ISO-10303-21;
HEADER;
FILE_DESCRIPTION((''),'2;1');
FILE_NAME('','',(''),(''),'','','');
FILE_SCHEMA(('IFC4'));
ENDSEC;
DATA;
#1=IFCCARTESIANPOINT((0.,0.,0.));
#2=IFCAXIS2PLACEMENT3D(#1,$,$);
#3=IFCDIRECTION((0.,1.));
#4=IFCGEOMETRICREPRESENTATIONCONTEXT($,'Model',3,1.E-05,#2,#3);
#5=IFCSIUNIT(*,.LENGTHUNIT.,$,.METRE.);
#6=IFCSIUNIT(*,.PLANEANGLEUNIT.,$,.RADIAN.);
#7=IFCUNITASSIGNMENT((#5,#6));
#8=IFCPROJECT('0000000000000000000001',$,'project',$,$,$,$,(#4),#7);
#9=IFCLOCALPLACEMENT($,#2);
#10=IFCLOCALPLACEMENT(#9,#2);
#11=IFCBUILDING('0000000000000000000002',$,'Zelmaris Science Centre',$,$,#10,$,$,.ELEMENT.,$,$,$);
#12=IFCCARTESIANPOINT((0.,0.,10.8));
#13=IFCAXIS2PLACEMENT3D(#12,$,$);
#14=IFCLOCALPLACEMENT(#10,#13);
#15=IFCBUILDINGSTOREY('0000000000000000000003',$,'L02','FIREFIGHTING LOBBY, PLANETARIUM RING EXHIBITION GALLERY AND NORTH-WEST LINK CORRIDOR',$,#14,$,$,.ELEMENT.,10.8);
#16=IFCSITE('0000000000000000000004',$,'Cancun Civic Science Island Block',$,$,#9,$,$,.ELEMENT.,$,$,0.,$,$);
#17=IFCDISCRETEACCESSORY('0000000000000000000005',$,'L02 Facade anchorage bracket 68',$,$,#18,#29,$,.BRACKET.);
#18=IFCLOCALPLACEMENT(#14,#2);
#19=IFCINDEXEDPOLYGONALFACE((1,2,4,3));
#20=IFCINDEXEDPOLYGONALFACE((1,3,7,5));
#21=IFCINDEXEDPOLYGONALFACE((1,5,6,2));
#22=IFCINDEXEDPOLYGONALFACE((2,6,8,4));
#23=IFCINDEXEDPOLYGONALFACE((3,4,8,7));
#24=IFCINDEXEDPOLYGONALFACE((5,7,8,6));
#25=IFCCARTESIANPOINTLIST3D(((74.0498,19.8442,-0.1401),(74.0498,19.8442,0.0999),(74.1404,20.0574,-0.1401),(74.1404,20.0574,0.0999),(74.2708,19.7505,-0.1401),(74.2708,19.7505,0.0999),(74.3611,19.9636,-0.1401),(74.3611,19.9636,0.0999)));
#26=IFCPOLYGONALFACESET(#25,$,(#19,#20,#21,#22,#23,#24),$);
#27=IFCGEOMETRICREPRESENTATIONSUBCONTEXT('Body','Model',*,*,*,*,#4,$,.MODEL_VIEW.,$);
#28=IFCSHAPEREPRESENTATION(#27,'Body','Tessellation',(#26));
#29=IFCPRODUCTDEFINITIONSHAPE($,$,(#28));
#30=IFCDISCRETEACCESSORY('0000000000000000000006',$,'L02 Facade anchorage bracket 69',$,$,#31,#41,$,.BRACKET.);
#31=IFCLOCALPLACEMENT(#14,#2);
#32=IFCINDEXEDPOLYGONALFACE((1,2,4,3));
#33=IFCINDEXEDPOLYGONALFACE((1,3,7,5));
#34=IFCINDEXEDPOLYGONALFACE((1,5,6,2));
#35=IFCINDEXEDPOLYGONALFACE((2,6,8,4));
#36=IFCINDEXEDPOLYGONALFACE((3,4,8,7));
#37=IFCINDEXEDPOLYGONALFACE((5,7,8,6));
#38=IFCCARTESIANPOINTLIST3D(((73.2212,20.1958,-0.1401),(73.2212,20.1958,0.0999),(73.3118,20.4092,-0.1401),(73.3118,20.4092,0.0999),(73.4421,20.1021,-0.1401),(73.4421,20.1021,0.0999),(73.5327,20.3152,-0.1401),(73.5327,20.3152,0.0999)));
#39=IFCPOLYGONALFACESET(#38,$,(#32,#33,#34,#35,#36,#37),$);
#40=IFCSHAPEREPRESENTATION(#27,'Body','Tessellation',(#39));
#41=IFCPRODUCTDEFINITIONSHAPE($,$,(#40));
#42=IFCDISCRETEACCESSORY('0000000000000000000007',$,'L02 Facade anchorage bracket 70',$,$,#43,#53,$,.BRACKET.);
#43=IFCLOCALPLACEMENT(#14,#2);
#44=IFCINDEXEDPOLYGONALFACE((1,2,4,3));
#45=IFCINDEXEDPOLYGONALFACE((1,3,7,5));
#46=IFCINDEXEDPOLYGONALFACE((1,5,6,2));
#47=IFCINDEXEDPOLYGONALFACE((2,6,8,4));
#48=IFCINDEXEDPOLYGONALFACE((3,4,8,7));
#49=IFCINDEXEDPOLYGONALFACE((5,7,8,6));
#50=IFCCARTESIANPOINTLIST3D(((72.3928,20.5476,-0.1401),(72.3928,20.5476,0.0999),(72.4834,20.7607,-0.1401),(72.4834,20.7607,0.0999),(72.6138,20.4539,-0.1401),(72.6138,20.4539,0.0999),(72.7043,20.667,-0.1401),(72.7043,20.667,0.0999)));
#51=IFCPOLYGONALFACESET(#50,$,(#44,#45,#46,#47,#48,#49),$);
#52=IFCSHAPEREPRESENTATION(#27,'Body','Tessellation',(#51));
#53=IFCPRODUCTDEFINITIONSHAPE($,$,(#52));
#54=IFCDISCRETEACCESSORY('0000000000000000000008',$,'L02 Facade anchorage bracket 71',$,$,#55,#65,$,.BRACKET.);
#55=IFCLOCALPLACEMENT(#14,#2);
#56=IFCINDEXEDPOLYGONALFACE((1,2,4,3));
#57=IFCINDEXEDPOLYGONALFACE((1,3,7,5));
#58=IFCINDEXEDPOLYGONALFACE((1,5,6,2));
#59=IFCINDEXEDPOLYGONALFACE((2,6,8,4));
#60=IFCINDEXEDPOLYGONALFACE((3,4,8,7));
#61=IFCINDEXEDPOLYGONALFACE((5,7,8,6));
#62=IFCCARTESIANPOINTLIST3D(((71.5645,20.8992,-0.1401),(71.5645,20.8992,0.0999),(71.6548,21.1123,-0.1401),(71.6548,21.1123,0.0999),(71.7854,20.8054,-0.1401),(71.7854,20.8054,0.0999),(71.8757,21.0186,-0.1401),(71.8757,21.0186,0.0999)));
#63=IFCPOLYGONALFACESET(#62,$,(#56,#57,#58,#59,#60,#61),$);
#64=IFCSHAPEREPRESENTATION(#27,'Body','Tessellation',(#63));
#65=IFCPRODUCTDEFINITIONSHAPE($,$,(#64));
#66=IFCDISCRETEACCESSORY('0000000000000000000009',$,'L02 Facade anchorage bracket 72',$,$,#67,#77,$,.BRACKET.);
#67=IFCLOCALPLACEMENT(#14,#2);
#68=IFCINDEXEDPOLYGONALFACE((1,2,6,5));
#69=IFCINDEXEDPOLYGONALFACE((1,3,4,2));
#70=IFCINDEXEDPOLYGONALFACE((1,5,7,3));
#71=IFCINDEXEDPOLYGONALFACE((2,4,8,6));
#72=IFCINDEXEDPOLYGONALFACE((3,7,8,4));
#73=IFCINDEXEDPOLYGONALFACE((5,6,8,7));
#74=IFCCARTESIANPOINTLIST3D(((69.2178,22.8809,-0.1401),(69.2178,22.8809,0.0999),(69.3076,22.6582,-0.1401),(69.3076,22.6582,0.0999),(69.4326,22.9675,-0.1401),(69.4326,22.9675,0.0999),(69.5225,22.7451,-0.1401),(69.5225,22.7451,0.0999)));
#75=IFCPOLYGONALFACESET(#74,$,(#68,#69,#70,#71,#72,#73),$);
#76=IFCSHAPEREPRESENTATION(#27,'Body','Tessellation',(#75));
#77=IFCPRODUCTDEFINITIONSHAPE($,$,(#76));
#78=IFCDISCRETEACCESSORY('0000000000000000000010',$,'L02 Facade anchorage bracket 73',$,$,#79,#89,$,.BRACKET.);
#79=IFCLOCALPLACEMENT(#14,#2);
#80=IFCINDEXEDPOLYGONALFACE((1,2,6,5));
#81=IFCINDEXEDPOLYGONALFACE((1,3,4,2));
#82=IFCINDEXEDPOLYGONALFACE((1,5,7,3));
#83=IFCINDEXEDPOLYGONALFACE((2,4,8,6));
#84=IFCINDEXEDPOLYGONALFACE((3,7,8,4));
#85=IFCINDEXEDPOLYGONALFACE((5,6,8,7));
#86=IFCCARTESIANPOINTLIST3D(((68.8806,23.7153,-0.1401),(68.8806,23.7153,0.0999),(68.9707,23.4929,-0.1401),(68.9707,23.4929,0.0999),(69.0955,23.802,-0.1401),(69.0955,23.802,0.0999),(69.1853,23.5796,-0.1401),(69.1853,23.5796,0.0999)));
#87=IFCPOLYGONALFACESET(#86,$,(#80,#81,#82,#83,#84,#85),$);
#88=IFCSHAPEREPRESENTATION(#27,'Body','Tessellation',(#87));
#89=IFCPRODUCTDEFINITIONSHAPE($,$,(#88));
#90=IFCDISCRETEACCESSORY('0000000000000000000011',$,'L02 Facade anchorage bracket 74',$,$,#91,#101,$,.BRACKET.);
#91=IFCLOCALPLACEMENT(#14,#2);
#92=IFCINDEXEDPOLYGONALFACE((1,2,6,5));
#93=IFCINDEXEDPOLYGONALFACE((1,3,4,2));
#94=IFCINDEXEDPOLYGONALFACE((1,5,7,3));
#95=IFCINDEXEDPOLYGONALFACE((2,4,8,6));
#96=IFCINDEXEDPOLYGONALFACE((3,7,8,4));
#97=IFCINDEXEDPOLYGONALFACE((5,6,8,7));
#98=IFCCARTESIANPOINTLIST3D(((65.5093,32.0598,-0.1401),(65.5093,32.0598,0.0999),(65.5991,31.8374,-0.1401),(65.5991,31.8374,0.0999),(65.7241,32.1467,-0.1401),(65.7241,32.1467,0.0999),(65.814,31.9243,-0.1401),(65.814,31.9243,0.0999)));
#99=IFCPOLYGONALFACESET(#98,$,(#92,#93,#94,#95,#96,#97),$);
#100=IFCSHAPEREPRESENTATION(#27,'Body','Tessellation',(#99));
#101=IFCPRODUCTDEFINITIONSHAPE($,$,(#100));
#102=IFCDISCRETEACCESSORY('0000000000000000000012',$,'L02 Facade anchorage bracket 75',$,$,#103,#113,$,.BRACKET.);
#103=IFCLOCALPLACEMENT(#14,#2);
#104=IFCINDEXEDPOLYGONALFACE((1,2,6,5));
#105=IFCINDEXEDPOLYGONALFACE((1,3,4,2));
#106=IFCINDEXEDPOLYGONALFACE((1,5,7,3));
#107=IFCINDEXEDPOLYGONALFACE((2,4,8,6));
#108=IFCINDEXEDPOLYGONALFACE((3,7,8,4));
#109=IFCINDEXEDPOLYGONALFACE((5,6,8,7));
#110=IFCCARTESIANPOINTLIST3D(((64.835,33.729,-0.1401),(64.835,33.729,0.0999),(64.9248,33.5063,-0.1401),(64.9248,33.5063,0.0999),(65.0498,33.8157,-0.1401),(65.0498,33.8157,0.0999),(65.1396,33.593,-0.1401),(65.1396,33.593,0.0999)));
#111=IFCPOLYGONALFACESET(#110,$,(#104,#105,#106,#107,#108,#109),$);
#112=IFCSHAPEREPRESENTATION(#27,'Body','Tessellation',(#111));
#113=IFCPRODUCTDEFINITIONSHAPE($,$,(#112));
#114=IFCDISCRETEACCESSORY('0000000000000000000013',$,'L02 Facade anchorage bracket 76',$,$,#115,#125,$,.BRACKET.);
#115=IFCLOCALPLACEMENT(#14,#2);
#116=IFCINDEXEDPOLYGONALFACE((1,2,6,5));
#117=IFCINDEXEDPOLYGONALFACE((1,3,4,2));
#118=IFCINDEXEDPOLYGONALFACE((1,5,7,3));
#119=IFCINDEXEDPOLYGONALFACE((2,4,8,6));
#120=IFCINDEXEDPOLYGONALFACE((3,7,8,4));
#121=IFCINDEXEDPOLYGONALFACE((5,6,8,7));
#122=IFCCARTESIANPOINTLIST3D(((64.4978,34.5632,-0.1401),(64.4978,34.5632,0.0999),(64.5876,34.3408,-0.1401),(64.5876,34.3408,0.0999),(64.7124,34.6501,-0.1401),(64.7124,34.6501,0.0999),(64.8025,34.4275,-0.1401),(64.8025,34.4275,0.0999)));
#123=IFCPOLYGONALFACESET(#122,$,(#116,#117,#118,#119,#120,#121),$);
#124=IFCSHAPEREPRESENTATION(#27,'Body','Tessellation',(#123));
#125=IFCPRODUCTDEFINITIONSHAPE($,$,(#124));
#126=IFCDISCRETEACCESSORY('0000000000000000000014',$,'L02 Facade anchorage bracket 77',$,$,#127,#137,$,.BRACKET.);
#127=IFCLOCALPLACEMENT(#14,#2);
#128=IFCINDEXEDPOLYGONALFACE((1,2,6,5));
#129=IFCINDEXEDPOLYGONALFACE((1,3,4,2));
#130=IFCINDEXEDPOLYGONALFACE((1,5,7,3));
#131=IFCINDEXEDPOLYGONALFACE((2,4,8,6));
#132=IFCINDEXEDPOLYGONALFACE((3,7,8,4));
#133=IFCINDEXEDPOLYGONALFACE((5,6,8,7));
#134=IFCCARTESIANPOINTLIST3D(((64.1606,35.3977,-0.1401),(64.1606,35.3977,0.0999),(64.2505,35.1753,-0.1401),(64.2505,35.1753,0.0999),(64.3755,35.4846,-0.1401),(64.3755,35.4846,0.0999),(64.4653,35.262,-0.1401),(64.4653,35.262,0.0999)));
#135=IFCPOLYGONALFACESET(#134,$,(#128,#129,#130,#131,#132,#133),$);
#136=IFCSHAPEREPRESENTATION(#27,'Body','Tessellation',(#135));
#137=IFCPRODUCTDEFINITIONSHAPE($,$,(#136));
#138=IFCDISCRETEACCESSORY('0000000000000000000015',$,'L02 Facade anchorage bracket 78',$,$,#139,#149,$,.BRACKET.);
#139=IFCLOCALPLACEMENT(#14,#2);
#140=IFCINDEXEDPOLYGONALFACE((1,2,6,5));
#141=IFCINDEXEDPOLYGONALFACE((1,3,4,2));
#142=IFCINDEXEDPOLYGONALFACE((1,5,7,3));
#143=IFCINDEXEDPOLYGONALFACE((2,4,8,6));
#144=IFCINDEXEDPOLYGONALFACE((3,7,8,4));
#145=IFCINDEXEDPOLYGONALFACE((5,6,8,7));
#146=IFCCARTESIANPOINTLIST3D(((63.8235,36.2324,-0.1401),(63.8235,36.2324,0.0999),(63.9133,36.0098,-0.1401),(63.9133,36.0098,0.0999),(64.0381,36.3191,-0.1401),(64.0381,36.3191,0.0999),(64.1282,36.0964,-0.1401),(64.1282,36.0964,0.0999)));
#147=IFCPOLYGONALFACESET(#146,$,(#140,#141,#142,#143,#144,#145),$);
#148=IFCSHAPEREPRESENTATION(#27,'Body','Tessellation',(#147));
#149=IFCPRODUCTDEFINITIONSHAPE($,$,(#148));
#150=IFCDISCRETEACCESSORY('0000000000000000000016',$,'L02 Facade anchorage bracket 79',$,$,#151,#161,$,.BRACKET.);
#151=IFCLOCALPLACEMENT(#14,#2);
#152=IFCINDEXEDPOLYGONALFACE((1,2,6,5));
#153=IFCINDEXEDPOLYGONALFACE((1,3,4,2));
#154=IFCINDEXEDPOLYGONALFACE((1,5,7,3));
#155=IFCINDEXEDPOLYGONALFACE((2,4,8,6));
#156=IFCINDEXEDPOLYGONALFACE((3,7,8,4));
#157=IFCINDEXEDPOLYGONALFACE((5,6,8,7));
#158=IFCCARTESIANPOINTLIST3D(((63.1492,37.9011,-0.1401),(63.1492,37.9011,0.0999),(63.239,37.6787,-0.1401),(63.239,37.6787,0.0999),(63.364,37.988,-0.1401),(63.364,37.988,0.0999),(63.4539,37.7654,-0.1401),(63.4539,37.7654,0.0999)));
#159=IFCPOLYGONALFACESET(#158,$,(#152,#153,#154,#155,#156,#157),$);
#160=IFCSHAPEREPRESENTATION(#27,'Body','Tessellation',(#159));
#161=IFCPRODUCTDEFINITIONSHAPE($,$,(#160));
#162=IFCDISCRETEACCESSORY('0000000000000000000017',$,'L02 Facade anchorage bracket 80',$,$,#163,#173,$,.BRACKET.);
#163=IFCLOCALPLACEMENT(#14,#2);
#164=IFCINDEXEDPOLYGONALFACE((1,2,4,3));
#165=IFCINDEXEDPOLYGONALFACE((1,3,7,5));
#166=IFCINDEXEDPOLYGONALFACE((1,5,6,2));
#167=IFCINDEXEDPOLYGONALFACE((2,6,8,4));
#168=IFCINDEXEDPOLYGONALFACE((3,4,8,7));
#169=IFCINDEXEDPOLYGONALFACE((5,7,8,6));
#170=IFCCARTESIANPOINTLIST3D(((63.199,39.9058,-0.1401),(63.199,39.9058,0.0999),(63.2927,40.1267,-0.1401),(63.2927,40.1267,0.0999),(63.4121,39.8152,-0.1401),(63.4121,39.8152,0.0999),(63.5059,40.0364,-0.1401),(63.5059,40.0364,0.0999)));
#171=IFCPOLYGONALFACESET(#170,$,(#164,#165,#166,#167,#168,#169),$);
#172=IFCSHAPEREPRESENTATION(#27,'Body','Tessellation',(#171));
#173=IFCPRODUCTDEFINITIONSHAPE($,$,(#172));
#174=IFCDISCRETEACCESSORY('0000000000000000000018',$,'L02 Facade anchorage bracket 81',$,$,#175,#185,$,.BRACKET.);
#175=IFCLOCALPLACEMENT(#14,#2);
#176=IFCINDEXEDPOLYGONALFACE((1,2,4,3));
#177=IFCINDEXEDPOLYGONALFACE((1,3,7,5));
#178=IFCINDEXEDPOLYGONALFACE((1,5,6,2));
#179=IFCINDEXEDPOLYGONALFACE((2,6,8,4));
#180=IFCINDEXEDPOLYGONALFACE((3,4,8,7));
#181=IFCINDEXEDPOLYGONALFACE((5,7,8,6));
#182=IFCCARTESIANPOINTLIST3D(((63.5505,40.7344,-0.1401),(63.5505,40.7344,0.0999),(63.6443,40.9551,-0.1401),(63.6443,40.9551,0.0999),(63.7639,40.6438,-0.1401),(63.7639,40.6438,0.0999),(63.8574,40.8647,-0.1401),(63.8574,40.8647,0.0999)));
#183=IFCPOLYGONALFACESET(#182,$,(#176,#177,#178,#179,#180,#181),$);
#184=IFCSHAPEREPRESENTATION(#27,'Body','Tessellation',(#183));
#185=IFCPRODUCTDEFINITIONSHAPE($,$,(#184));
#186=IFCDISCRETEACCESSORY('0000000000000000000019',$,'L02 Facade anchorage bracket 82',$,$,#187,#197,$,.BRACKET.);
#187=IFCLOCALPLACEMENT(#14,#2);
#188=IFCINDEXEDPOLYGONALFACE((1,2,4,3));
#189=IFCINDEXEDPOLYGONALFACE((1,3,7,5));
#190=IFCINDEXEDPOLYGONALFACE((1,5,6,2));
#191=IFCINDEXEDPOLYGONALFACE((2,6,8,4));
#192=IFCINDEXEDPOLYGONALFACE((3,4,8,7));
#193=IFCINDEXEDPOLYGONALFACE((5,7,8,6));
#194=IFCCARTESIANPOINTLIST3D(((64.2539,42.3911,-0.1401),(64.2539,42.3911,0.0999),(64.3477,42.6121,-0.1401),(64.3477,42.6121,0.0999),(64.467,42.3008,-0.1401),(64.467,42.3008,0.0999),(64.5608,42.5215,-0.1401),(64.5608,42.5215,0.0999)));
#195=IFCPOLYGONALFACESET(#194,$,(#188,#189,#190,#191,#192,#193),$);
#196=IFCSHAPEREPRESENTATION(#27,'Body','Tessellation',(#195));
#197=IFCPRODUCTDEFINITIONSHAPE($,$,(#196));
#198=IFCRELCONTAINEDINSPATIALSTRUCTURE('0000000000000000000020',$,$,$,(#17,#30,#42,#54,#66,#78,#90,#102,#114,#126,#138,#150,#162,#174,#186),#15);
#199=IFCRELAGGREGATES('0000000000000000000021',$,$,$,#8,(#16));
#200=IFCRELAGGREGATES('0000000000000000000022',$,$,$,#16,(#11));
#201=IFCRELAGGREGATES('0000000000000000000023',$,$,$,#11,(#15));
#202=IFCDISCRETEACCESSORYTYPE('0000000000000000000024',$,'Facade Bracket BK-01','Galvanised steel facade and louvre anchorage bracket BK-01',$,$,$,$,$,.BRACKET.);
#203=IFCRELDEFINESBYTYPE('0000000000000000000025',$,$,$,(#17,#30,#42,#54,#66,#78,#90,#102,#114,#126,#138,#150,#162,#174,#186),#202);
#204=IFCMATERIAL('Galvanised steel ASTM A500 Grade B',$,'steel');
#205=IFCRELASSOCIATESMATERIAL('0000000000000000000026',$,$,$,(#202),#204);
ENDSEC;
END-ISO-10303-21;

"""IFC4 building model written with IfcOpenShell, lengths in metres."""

from ifc_helpers import new_model, si_unit, direction, frame, origin, place, context, subcontext, project, spatial, polyline, outline, extrude, material, type_object, element, save


model = new_model("IFC4")

# Units and contexts
model_context = context("Model", 3, precision=1e-05, world=origin(), true_north=direction((0.0, 1.0)))
body_context = subcontext(model_context, "Body", "Model", "MODEL_VIEW")
ifc_project = project(units=[si_unit("LENGTHUNIT", "METRE"), si_unit("PLANEANGLEUNIT", "RADIAN")], contexts=[model_context])

# Site, building, storey
site_placement = place(None, origin())
site = spatial("IfcSite", under=ifc_project, at=site_placement, Name="Cancun Civic Science Island Block", CompositionType="ELEMENT", RefElevation=0.0)
building_placement = place(site_placement, origin())
building = spatial("IfcBuilding", under=site, at=building_placement, Name="Zelmaris Science Centre", CompositionType="ELEMENT")
storey_placement = place(building_placement, frame((0.0, 0.0, 10.8)))
storey = spatial("IfcBuildingStorey", under=building, at=storey_placement, Name="L02", Description="FIREFIGHTING LOBBY, PLANETARIUM RING EXHIBITION GALLERY AND NORTH-WEST LINK CORRIDOR", CompositionType="ELEMENT", Elevation=10.8)

# Discrete accessories
ifc_material = material(Name="Galvanised steel ASTM A500 Grade B", Category="steel")
discrete_accessory_type = type_object("IfcDiscreteAccessoryType", Name="Facade Bracket BK-01", Description="Galvanised steel facade and louvre anchorage bracket BK-01", PredefinedType="BRACKET", material=ifc_material)
discrete_accessory_1_placement = place(storey_placement, frame((0.0, 0.0, -0.1401)))
element("IfcDiscreteAccessory", 1, at=discrete_accessory_1_placement, inside=storey, type_object=discrete_accessory_type, Name="L02 Facade anchorage bracket 68", PredefinedType="BRACKET", context=body_context, shape_type="SweptSolid", body=[
    extrude(outline(polyline([(74.3611, 19.9636), (74.1404, 20.0574), (74.0498, 19.8442), (74.2708, 19.7505), (74.3611, 19.9636)])), origin(), (0.0, 0.0, 1.0), 0.24),
])
discrete_accessory_2_placement = place(storey_placement, frame((0.0, 0.0, -0.1401)))
element("IfcDiscreteAccessory", 2, at=discrete_accessory_2_placement, inside=storey, type_object=discrete_accessory_type, Name="L02 Facade anchorage bracket 69", PredefinedType="BRACKET", context=body_context, shape_type="SweptSolid", body=[
    extrude(outline(polyline([(73.5327, 20.3152), (73.3118, 20.4092), (73.2212, 20.1958), (73.4421, 20.1021), (73.5327, 20.3152)])), origin(), (0.0, 0.0, 1.0), 0.24),
])
discrete_accessory_3_placement = place(storey_placement, frame((0.0, 0.0, -0.1401)))
element("IfcDiscreteAccessory", 3, at=discrete_accessory_3_placement, inside=storey, type_object=discrete_accessory_type, Name="L02 Facade anchorage bracket 70", PredefinedType="BRACKET", context=body_context, shape_type="SweptSolid", body=[
    extrude(outline(polyline([(72.7043, 20.667), (72.4834, 20.7607), (72.3928, 20.5476), (72.6138, 20.4539), (72.7043, 20.667)])), origin(), (0.0, 0.0, 1.0), 0.24),
])
discrete_accessory_4_placement = place(storey_placement, frame((0.0, 0.0, -0.1401)))
element("IfcDiscreteAccessory", 4, at=discrete_accessory_4_placement, inside=storey, type_object=discrete_accessory_type, Name="L02 Facade anchorage bracket 71", PredefinedType="BRACKET", context=body_context, shape_type="SweptSolid", body=[
    extrude(outline(polyline([(71.8757, 21.0186), (71.6548, 21.1123), (71.5645, 20.8992), (71.7854, 20.8054), (71.8757, 21.0186)])), origin(), (0.0, 0.0, 1.0), 0.24),
])
discrete_accessory_5_placement = place(storey_placement, frame((0.0, 0.0, -0.1401)))
element("IfcDiscreteAccessory", 5, at=discrete_accessory_5_placement, inside=storey, type_object=discrete_accessory_type, Name="L02 Facade anchorage bracket 72", PredefinedType="BRACKET", context=body_context, shape_type="SweptSolid", body=[
    extrude(outline(polyline([(69.5225, 22.7451), (69.4326, 22.9675), (69.2178, 22.8809), (69.3076, 22.6582), (69.5225, 22.7451)])), origin(), (0.0, 0.0, 1.0), 0.24),
])
discrete_accessory_6_placement = place(storey_placement, frame((0.0, 0.0, -0.1401)))
element("IfcDiscreteAccessory", 6, at=discrete_accessory_6_placement, inside=storey, type_object=discrete_accessory_type, Name="L02 Facade anchorage bracket 73", PredefinedType="BRACKET", context=body_context, shape_type="SweptSolid", body=[
    extrude(outline(polyline([(69.1853, 23.5796), (69.0955, 23.802), (68.8806, 23.7153), (68.9707, 23.4929), (69.1853, 23.5796)])), origin(), (0.0, 0.0, 1.0), 0.24),
])
discrete_accessory_7_placement = place(storey_placement, frame((0.0, 0.0, -0.1401)))
element("IfcDiscreteAccessory", 7, at=discrete_accessory_7_placement, inside=storey, type_object=discrete_accessory_type, Name="L02 Facade anchorage bracket 74", PredefinedType="BRACKET", context=body_context, shape_type="SweptSolid", body=[
    extrude(outline(polyline([(65.814, 31.9243), (65.7241, 32.1467), (65.5093, 32.0598), (65.5991, 31.8374), (65.814, 31.9243)])), origin(), (0.0, 0.0, 1.0), 0.24),
])
discrete_accessory_8_placement = place(storey_placement, frame((0.0, 0.0, -0.1401)))
element("IfcDiscreteAccessory", 8, at=discrete_accessory_8_placement, inside=storey, type_object=discrete_accessory_type, Name="L02 Facade anchorage bracket 75", PredefinedType="BRACKET", context=body_context, shape_type="SweptSolid", body=[
    extrude(outline(polyline([(65.1396, 33.593), (65.0498, 33.8157), (64.835, 33.729), (64.9248, 33.5063), (65.1396, 33.593)])), origin(), (0.0, 0.0, 1.0), 0.24),
])
discrete_accessory_9_placement = place(storey_placement, frame((0.0, 0.0, -0.1401)))
element("IfcDiscreteAccessory", 9, at=discrete_accessory_9_placement, inside=storey, type_object=discrete_accessory_type, Name="L02 Facade anchorage bracket 76", PredefinedType="BRACKET", context=body_context, shape_type="SweptSolid", body=[
    extrude(outline(polyline([(64.8025, 34.4275), (64.7124, 34.6501), (64.4978, 34.5632), (64.5876, 34.3408), (64.8025, 34.4275)])), origin(), (0.0, 0.0, 1.0), 0.24),
])
discrete_accessory_10_placement = place(storey_placement, frame((0.0, 0.0, -0.1401)))
element("IfcDiscreteAccessory", 10, at=discrete_accessory_10_placement, inside=storey, type_object=discrete_accessory_type, Name="L02 Facade anchorage bracket 77", PredefinedType="BRACKET", context=body_context, shape_type="SweptSolid", body=[
    extrude(outline(polyline([(64.4653, 35.262), (64.3755, 35.4846), (64.1606, 35.3977), (64.2505, 35.1753), (64.4653, 35.262)])), origin(), (0.0, 0.0, 1.0), 0.24),
])
discrete_accessory_11_placement = place(storey_placement, frame((0.0, 0.0, -0.1401)))
element("IfcDiscreteAccessory", 11, at=discrete_accessory_11_placement, inside=storey, type_object=discrete_accessory_type, Name="L02 Facade anchorage bracket 78", PredefinedType="BRACKET", context=body_context, shape_type="SweptSolid", body=[
    extrude(outline(polyline([(64.1282, 36.0964), (64.0381, 36.3191), (63.8235, 36.2324), (63.9133, 36.0098), (64.1282, 36.0964)])), origin(), (0.0, 0.0, 1.0), 0.24),
])
discrete_accessory_12_placement = place(storey_placement, frame((0.0, 0.0, -0.1401)))
element("IfcDiscreteAccessory", 12, at=discrete_accessory_12_placement, inside=storey, type_object=discrete_accessory_type, Name="L02 Facade anchorage bracket 79", PredefinedType="BRACKET", context=body_context, shape_type="SweptSolid", body=[
    extrude(outline(polyline([(63.4539, 37.7654), (63.364, 37.988), (63.1492, 37.9011), (63.239, 37.6787), (63.4539, 37.7654)])), origin(), (0.0, 0.0, 1.0), 0.24),
])
discrete_accessory_13_placement = place(storey_placement, frame((0.0, 0.0, -0.1401)))
element("IfcDiscreteAccessory", 13, at=discrete_accessory_13_placement, inside=storey, type_object=discrete_accessory_type, Name="L02 Facade anchorage bracket 80", PredefinedType="BRACKET", context=body_context, shape_type="SweptSolid", body=[
    extrude(outline(polyline([(63.4121, 39.8152), (63.5059, 40.0364), (63.2927, 40.1267), (63.199, 39.9058), (63.4121, 39.8152)])), origin(), (0.0, 0.0, 1.0), 0.24),
])
discrete_accessory_14_placement = place(storey_placement, frame((0.0, 0.0, -0.1401)))
element("IfcDiscreteAccessory", 14, at=discrete_accessory_14_placement, inside=storey, type_object=discrete_accessory_type, Name="L02 Facade anchorage bracket 81", PredefinedType="BRACKET", context=body_context, shape_type="SweptSolid", body=[
    extrude(outline(polyline([(63.7639, 40.6438), (63.8574, 40.8647), (63.6443, 40.9551), (63.5505, 40.7344), (63.7639, 40.6438)])), origin(), (0.0, 0.0, 1.0), 0.24),
])
discrete_accessory_15_placement = place(storey_placement, frame((0.0, 0.0, -0.1401)))
element("IfcDiscreteAccessory", 15, at=discrete_accessory_15_placement, inside=storey, type_object=discrete_accessory_type, Name="L02 Facade anchorage bracket 82", PredefinedType="BRACKET", context=body_context, shape_type="SweptSolid", body=[
    extrude(outline(polyline([(64.467, 42.3008), (64.5608, 42.5215), (64.3477, 42.6121), (64.2539, 42.3911), (64.467, 42.3008)])), origin(), (0.0, 0.0, 1.0), 0.24),
])

save(model, "model.ifc")
